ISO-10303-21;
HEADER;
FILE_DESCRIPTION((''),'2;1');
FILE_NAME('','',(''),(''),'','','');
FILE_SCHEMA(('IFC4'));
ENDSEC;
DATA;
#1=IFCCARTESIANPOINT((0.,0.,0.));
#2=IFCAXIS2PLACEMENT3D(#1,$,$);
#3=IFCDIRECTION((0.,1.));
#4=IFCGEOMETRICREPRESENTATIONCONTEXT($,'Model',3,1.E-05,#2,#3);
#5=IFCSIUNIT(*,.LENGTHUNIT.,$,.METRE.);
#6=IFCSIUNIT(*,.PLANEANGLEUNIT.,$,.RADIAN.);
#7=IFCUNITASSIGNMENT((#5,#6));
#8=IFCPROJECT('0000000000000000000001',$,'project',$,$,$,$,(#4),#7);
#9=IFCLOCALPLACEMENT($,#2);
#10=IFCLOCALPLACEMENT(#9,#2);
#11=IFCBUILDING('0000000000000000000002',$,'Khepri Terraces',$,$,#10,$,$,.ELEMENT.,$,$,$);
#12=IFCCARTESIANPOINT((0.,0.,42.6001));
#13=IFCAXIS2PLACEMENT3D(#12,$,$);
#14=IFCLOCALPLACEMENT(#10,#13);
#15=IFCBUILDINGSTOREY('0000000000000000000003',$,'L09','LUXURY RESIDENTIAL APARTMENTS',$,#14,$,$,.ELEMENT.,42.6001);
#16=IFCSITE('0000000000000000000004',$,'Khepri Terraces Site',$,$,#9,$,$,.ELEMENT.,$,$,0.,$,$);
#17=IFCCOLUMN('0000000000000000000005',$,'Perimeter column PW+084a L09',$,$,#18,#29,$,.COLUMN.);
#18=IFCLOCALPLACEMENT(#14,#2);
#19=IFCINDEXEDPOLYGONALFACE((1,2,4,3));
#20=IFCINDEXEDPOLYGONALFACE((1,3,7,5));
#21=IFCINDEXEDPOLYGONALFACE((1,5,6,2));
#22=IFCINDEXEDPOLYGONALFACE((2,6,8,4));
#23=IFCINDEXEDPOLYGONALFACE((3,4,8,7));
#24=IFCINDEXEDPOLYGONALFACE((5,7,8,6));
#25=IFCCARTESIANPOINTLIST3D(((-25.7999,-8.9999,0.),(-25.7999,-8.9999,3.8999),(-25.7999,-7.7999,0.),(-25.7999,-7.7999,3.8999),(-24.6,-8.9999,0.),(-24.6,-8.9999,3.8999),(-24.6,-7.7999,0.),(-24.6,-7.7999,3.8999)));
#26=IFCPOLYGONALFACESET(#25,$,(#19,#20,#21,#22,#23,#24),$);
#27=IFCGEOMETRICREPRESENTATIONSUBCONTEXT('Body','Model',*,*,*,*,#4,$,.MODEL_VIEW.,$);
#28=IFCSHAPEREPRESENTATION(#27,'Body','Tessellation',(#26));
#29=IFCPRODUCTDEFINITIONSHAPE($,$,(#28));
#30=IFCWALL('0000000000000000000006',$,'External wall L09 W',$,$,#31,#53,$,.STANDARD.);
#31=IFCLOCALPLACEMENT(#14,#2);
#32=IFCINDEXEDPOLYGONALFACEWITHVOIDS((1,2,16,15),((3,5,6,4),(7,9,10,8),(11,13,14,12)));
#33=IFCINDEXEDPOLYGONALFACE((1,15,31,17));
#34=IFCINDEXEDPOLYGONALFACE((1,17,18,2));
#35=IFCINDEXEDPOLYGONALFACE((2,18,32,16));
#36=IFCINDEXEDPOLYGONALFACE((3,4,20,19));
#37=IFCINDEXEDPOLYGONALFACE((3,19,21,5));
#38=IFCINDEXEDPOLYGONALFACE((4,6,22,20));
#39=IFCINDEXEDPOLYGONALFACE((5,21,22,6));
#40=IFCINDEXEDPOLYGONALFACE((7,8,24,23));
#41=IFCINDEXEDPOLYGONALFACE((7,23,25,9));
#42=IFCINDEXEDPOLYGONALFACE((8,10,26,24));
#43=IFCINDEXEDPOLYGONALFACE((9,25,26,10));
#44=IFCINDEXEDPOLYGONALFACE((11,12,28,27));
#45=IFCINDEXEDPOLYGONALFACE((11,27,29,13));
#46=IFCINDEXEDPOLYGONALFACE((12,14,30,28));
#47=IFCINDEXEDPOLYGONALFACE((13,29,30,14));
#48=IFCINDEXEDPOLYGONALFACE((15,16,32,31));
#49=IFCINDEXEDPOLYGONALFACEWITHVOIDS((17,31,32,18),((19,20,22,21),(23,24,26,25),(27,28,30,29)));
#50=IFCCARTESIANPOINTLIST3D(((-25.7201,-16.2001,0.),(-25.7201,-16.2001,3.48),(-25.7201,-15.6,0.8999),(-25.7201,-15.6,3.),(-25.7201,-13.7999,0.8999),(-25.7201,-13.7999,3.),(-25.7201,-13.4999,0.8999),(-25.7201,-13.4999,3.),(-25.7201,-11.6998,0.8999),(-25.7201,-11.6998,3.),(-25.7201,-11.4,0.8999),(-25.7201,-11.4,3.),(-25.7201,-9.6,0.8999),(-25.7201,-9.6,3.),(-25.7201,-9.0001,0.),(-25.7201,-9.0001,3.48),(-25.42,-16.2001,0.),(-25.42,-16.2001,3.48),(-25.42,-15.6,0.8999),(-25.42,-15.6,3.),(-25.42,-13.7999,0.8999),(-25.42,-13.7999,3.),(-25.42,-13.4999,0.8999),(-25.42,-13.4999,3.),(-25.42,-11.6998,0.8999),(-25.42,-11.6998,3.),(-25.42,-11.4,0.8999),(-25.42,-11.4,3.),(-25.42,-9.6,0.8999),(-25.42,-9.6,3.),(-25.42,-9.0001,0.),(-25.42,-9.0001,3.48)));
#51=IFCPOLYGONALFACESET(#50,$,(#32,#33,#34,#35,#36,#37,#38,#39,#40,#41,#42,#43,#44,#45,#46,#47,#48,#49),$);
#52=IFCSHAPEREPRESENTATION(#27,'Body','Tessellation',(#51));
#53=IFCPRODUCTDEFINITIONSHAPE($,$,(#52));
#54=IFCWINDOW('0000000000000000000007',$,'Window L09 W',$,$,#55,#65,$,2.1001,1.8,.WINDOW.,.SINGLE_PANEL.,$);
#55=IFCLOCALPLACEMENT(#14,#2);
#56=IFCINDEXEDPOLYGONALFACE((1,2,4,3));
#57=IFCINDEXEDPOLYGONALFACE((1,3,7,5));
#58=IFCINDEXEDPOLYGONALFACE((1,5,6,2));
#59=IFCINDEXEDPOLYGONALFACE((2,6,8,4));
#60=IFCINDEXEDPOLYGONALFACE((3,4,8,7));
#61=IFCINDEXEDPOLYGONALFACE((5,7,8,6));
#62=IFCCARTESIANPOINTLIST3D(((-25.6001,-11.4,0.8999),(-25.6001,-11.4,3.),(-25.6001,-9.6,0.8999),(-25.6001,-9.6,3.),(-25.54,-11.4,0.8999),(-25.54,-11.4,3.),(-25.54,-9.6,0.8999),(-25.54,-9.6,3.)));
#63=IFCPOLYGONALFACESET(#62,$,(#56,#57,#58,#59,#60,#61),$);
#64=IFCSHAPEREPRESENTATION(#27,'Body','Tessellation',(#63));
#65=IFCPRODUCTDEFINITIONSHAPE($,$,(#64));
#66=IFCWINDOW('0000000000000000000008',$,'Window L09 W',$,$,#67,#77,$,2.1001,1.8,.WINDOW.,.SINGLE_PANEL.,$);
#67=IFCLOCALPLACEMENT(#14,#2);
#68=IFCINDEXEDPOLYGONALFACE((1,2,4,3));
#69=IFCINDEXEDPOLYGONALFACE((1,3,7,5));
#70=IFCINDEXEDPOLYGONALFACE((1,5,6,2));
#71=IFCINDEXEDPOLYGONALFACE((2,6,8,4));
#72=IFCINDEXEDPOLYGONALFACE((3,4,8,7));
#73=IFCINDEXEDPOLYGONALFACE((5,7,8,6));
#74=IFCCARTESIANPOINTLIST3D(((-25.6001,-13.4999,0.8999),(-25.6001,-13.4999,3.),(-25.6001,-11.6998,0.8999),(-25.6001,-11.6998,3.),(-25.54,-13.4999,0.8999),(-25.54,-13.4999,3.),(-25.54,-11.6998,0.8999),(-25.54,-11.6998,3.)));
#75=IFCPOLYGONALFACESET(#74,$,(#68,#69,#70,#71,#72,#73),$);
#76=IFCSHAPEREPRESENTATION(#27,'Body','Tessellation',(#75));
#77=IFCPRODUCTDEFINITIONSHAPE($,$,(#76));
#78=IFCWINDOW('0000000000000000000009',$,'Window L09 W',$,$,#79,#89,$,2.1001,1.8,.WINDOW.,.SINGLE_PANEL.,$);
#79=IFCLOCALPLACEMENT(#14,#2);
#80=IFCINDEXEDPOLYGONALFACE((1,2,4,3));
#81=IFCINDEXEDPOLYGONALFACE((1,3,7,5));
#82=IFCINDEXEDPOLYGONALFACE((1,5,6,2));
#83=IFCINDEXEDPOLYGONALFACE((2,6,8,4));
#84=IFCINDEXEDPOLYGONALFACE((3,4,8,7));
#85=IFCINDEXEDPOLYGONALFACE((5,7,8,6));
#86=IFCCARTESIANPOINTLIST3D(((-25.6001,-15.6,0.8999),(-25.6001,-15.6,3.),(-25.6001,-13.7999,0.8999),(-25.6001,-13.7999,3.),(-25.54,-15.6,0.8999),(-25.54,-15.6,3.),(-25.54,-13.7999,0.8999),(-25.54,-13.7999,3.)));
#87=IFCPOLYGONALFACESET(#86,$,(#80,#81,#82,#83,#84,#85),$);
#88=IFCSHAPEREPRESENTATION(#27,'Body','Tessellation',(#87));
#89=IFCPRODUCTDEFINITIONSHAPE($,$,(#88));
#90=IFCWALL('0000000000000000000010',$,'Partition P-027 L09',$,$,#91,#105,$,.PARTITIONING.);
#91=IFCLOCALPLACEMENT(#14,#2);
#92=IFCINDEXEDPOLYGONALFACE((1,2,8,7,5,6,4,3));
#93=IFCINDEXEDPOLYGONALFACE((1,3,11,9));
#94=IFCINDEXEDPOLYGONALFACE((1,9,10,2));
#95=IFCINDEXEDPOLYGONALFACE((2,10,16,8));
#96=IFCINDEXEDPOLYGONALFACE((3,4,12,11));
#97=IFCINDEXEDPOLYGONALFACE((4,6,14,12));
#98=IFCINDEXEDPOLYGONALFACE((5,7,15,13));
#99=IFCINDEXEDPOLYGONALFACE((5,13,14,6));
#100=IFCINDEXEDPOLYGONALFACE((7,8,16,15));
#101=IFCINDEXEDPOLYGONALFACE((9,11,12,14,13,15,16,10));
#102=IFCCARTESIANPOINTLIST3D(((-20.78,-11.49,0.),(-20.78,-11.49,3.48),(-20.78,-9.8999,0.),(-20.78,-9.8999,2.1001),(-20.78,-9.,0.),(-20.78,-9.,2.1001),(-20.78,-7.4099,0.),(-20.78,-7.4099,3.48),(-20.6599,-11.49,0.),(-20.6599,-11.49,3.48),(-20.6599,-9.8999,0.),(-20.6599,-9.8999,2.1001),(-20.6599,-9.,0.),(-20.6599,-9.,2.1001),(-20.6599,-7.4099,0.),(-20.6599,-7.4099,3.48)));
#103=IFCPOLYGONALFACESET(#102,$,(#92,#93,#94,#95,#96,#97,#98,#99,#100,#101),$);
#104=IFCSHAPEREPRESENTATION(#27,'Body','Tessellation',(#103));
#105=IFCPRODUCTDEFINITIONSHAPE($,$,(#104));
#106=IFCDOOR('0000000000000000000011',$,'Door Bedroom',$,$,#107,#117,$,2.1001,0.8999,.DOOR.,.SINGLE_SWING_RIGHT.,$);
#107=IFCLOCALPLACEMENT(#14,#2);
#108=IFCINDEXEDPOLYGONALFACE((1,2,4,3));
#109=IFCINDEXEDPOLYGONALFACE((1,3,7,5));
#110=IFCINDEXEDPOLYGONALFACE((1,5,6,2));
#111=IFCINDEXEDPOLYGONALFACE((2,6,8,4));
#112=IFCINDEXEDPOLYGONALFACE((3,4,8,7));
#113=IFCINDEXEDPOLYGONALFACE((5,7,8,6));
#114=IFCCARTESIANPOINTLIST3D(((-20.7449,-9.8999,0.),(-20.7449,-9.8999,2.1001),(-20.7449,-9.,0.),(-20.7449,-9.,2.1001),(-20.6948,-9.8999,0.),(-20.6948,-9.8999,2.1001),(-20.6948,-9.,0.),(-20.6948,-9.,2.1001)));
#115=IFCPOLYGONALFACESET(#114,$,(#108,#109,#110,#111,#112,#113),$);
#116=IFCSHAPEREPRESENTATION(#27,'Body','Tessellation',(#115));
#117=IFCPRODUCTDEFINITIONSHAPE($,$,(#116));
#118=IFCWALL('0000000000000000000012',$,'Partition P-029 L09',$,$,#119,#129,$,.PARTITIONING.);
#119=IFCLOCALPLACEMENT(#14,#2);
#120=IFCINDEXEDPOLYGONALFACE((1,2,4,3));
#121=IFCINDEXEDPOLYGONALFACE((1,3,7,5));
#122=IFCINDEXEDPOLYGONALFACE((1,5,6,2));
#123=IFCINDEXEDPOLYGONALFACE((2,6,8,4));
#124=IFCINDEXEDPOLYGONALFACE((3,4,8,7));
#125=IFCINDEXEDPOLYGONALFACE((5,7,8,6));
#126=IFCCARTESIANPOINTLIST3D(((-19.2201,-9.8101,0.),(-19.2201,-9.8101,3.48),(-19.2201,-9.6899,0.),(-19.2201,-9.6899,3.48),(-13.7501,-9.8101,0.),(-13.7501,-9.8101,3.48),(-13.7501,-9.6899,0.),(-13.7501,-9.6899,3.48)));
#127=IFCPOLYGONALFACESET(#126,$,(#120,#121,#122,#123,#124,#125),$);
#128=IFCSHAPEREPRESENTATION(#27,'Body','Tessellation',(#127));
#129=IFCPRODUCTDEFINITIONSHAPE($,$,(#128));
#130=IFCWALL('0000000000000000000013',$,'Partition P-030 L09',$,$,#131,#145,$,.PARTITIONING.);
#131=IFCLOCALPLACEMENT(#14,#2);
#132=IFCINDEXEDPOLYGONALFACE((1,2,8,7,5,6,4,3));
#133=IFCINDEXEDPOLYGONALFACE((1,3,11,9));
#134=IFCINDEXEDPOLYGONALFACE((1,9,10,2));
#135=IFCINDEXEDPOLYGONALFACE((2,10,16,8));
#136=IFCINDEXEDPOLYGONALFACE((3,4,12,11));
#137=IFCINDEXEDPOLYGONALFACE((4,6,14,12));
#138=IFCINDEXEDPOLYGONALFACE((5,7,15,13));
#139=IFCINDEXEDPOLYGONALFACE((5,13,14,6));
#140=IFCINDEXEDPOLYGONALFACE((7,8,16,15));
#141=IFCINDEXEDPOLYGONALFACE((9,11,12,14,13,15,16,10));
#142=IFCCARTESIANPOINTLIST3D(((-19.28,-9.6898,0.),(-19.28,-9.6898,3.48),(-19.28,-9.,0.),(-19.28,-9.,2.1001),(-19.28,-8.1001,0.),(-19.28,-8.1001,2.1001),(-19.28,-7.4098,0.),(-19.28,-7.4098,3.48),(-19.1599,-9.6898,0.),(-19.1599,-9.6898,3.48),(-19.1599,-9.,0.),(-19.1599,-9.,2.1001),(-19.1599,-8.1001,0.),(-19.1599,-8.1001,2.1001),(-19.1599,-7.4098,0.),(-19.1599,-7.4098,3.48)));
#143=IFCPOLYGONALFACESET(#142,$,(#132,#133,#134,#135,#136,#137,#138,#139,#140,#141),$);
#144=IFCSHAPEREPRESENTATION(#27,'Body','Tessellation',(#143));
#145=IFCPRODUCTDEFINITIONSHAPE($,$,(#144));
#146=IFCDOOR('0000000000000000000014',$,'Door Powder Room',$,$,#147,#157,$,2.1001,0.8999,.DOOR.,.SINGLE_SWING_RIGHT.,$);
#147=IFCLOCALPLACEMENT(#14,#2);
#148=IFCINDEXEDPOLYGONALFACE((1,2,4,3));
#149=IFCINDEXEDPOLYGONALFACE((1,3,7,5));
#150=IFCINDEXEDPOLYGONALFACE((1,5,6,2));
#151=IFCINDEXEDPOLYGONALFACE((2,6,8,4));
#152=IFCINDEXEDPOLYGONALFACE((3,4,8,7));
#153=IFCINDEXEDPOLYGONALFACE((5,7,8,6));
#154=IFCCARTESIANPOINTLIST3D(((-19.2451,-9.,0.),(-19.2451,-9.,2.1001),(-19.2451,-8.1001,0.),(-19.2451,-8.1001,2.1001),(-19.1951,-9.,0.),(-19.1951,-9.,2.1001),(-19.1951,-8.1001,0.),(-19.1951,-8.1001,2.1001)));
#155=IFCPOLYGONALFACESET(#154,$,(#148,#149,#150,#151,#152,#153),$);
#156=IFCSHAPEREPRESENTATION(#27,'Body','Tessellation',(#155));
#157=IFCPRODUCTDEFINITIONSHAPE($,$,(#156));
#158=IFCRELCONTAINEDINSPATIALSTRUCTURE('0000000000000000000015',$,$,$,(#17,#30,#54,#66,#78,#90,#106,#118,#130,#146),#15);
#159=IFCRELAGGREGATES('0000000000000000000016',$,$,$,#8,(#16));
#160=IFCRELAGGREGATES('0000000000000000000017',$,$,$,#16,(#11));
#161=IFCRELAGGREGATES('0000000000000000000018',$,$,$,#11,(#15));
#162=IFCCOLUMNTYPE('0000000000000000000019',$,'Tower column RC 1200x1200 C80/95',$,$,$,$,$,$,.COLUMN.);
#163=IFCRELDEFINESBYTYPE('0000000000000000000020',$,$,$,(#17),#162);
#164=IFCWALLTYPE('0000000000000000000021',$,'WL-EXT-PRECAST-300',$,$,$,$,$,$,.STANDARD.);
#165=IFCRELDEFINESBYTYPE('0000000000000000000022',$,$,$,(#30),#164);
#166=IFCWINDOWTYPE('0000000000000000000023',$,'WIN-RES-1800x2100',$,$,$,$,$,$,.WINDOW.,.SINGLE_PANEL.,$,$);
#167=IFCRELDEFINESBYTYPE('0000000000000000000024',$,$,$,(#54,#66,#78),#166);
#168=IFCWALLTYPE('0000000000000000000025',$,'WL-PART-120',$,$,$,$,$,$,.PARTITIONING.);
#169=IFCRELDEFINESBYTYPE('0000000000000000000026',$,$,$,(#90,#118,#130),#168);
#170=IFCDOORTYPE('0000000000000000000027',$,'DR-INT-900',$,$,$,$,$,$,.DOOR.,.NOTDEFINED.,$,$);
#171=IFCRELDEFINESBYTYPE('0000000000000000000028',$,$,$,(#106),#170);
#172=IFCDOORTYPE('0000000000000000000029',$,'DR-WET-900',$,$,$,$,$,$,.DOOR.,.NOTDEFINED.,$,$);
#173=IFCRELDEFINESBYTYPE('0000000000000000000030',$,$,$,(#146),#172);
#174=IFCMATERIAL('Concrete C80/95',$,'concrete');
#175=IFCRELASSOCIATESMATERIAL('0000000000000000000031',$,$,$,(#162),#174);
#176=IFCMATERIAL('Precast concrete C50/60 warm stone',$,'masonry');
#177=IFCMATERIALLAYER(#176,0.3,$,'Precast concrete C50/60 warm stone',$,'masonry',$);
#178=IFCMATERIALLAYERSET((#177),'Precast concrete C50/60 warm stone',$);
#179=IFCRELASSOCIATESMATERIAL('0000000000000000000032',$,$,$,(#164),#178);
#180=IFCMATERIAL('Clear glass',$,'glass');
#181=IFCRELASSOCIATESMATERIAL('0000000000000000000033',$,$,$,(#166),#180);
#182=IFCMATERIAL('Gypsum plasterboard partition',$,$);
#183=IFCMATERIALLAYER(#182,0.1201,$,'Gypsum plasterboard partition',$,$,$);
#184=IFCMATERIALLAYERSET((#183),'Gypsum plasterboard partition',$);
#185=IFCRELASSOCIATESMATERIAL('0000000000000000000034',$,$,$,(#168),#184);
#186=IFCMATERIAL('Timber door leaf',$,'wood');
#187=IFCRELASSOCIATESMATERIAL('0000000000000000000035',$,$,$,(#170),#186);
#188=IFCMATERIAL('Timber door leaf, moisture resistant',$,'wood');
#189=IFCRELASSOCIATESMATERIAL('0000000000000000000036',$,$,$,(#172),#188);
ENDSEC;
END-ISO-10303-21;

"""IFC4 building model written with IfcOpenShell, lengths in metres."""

from ifc_helpers import new_model, si_unit, direction, frame, frame_2d, origin, origin_2d, place, context, subcontext, project, spatial, rectangle, extrude, material, layer, layer_set, material_profile, profile_set, type_object, element, fill, save


model = new_model("IFC4")

# Units and contexts
model_context = context("Model", 3, precision=1e-05, world=origin(), true_north=direction((0.0, 1.0)))
body_context = subcontext(model_context, "Body", "Model", "MODEL_VIEW")
ifc_project = project(units=[si_unit("LENGTHUNIT", "METRE"), si_unit("PLANEANGLEUNIT", "RADIAN")], contexts=[model_context])

# Site, building, storey
site_placement = place(None, origin())
site = spatial("IfcSite", under=ifc_project, at=site_placement, Name="Khepri Terraces Site", CompositionType="ELEMENT", RefElevation=0.0)
building_placement = place(site_placement, origin())
building = spatial("IfcBuilding", under=site, at=building_placement, Name="Khepri Terraces", CompositionType="ELEMENT")
storey_placement = place(building_placement, frame((0.0, 0.0, 42.6001)))
storey = spatial("IfcBuildingStorey", under=building, at=storey_placement, Name="L09", Description="LUXURY RESIDENTIAL APARTMENTS", CompositionType="ELEMENT", Elevation=42.6001)

# Column
ifc_material_1 = material(Name="Concrete C80/95", Category="concrete")
ifc_material_profile = material_profile(ifc_material_1, rectangle(XDim=1.2, YDim=1.2, at=origin_2d()), Name="Concrete C80/95", Category="concrete")
ifc_profile_set = profile_set([ifc_material_profile], Name="Concrete C80/95")
column_type = type_object("IfcColumnType", Name="Tower column RC 1200x1200 C80/95", PredefinedType="COLUMN", material=ifc_profile_set)
column_placement = place(storey_placement, frame((-25.2, -8.3999, 0.0), z_axis=(0.0, 0.0, 1.0), x_axis=(1.0, 0.0, 0.0)))
element("IfcColumn", 1, at=column_placement, inside=storey, type_object=column_type, Name="Perimeter column PW+084a L09", PredefinedType="COLUMN", context=body_context, shape_type="SweptSolid", body=[
    extrude(rectangle(XDim=1.2, YDim=1.2, at=origin_2d()), origin(), (0.0, 0.0, 1.0), 3.8999),
])

# Wall, openings, windows
ifc_material_2 = material(Name="Precast concrete C50/60 warm stone", Category="masonry")
ifc_layer_1 = layer(ifc_material_2, 0.3, Name="Precast concrete C50/60 warm stone", Category="masonry")
ifc_layer_set_1 = layer_set([ifc_layer_1], Name="Precast concrete C50/60 warm stone")
wall_type_1 = type_object("IfcWallType", Name="WL-EXT-PRECAST-300", PredefinedType="STANDARD", material=ifc_layer_set_1)
wall_1_placement = place(storey_placement, frame((-25.5701, -9.0, 0.0), z_axis=(0.0, 0.0, 1.0), x_axis=(0.0, -1.0, 0.0)))
wall_1 = element("IfcWall", 2, at=wall_1_placement, inside=storey, type_object=wall_type_1, Name="External wall L09 W", PredefinedType="STANDARD", context=body_context, shape_type="SweptSolid", body=[
    extrude(rectangle(XDim=7.2, YDim=0.3, at=frame_2d((3.6001, 0.0))), origin(), (0.0, 0.0, 1.0), 3.48),
])
opening_1_placement = place(wall_1_placement, frame((0.6001, 0.0, 0.8999)))
opening_1 = element("IfcOpeningElement", 3, at=opening_1_placement, cuts=wall_1, PredefinedType="OPENING", context=body_context, shape_type="SweptSolid", body=[
    extrude(rectangle(XDim=1.8, YDim=2.1001, at=frame_2d((0.8999, 1.05))), frame((0.0, 0.1602, 0.0), z_axis=(0.0, -1.0, 0.0), x_axis=(1.0, 0.0, 0.0)), (0.0, 0.0, 1.0), 0.3201),
])
opening_2_placement = place(wall_1_placement, frame((2.7, 0.0, 0.8999)))
opening_2 = element("IfcOpeningElement", 4, at=opening_2_placement, cuts=wall_1, PredefinedType="OPENING", context=body_context, shape_type="SweptSolid", body=[
    extrude(rectangle(XDim=1.8, YDim=2.1001, at=frame_2d((0.8999, 1.05))), frame((0.0, 0.1602, 0.0), z_axis=(0.0, -1.0, 0.0), x_axis=(1.0, 0.0, 0.0)), (0.0, 0.0, 1.0), 0.3201),
])
opening_3_placement = place(wall_1_placement, frame((4.8, 0.0, 0.8999)))
opening_3 = element("IfcOpeningElement", 5, at=opening_3_placement, cuts=wall_1, PredefinedType="OPENING", context=body_context, shape_type="SweptSolid", body=[
    extrude(rectangle(XDim=1.8, YDim=2.1001, at=frame_2d((0.8999, 1.05))), frame((0.0, 0.1602, 0.0), z_axis=(0.0, -1.0, 0.0), x_axis=(1.0, 0.0, 0.0)), (0.0, 0.0, 1.0), 0.3201),
])
ifc_material_3 = material(Name="Clear glass", Category="glass")
window_type = type_object("IfcWindowType", Name="WIN-RES-1800x2100", PartitioningType="SINGLE_PANEL", PredefinedType="WINDOW", material=ifc_material_3)
window_1_placement = place(opening_1_placement, origin())
window_1 = element("IfcWindow", 6, at=window_1_placement, inside=storey, type_object=window_type, Name="Window L09 W", OverallHeight=2.1001, OverallWidth=1.8, PartitioningType="SINGLE_PANEL", PredefinedType="WINDOW", context=body_context, shape_type="SweptSolid", body=[
    extrude(rectangle(XDim=1.8, YDim=2.1001, at=frame_2d((0.8999, 1.05))), frame((0.0, 0.03, 0.0), z_axis=(0.0, -1.0, 0.0), x_axis=(1.0, 0.0, 0.0)), (0.0, 0.0, 1.0), 0.0601),
])
fill(opening_1, window_1)
window_2_placement = place(opening_2_placement, origin())
window_2 = element("IfcWindow", 7, at=window_2_placement, inside=storey, type_object=window_type, Name="Window L09 W", OverallHeight=2.1001, OverallWidth=1.8, PartitioningType="SINGLE_PANEL", PredefinedType="WINDOW", context=body_context, shape_type="SweptSolid", body=[
    extrude(rectangle(XDim=1.8, YDim=2.1001, at=frame_2d((0.8999, 1.05))), frame((0.0, 0.03, 0.0), z_axis=(0.0, -1.0, 0.0), x_axis=(1.0, 0.0, 0.0)), (0.0, 0.0, 1.0), 0.0601),
])
fill(opening_2, window_2)
window_3_placement = place(opening_3_placement, origin())
window_3 = element("IfcWindow", 8, at=window_3_placement, inside=storey, type_object=window_type, Name="Window L09 W", OverallHeight=2.1001, OverallWidth=1.8, PartitioningType="SINGLE_PANEL", PredefinedType="WINDOW", context=body_context, shape_type="SweptSolid", body=[
    extrude(rectangle(XDim=1.8, YDim=2.1001, at=frame_2d((0.8999, 1.05))), frame((0.0, 0.03, 0.0), z_axis=(0.0, -1.0, 0.0), x_axis=(1.0, 0.0, 0.0)), (0.0, 0.0, 1.0), 0.0601),
])
fill(opening_3, window_3)

# Wall, opening, door
ifc_material_4 = material(Name="Gypsum plasterboard partition")
ifc_layer_2 = layer(ifc_material_4, 0.1201, Name="Gypsum plasterboard partition")
ifc_layer_set_2 = layer_set([ifc_layer_2], Name="Gypsum plasterboard partition")
wall_type_2 = type_object("IfcWallType", Name="WL-PART-120", PredefinedType="PARTITIONING", material=ifc_layer_set_2)
wall_2_placement = place(storey_placement, frame((-20.72, -11.49, 0.0), z_axis=(0.0, 0.0, 1.0), x_axis=(0.0, 1.0, 0.0)))
wall_2 = element("IfcWall", 9, at=wall_2_placement, inside=storey, type_object=wall_type_2, Name="Partition P-027 L09", PredefinedType="PARTITIONING", context=body_context, shape_type="SweptSolid", body=[
    extrude(rectangle(XDim=4.0801, YDim=0.1201, at=frame_2d((2.04, 0.0))), origin(), (0.0, 0.0, 1.0), 3.48),
])
opening_4_placement = place(wall_2_placement, frame((1.5901, 0.0, 0.0)))
opening_4 = element("IfcOpeningElement", 10, at=opening_4_placement, cuts=wall_2, PredefinedType="OPENING", context=body_context, shape_type="SweptSolid", body=[
    extrude(rectangle(XDim=0.8999, YDim=2.1001, at=frame_2d((0.45, 1.05))), frame((0.0, 0.0701, 0.0), z_axis=(0.0, -1.0, 0.0), x_axis=(1.0, 0.0, 0.0)), (0.0, 0.0, 1.0), 0.1401),
])
ifc_material_5 = material(Name="Timber door leaf", Category="wood")
door_type_1 = type_object("IfcDoorType", Name="DR-INT-900", OperationType="NOTDEFINED", PredefinedType="DOOR", material=ifc_material_5)
door_1_placement = place(opening_4_placement, origin())
door_1 = element("IfcDoor", 11, at=door_1_placement, inside=storey, type_object=door_type_1, Name="Door Bedroom", OperationType="SINGLE_SWING_RIGHT", OverallHeight=2.1001, OverallWidth=0.8999, PredefinedType="DOOR", context=body_context, shape_type="SweptSolid", body=[
    extrude(rectangle(XDim=0.8999, YDim=2.1001, at=frame_2d((0.45, 1.05))), frame((0.0, 0.0249, 0.0), z_axis=(0.0, -1.0, 0.0), x_axis=(1.0, 0.0, 0.0)), (0.0, 0.0, 1.0), 0.05),
])
fill(opening_4, door_1)

# Wall
wall_3_placement = place(storey_placement, frame((-19.22, -9.75, 0.0), z_axis=(0.0, 0.0, 1.0), x_axis=(1.0, 0.0, 0.0)))
element("IfcWall", 12, at=wall_3_placement, inside=storey, type_object=wall_type_2, Name="Partition P-029 L09", PredefinedType="PARTITIONING", context=body_context, shape_type="SweptSolid", body=[
    extrude(rectangle(XDim=5.47, YDim=0.1201, at=frame_2d((2.7349, 0.0))), origin(), (0.0, 0.0, 1.0), 3.48),
])

# Wall, opening, door
wall_4_placement = place(storey_placement, frame((-19.22, -9.6899, 0.0), z_axis=(0.0, 0.0, 1.0), x_axis=(0.0, 1.0, 0.0)))
wall_4 = element("IfcWall", 13, at=wall_4_placement, inside=storey, type_object=wall_type_2, Name="Partition P-030 L09", PredefinedType="PARTITIONING", context=body_context, shape_type="SweptSolid", body=[
    extrude(rectangle(XDim=2.28, YDim=0.1201, at=frame_2d((1.1401, 0.0))), origin(), (0.0, 0.0, 1.0), 3.48),
])
opening_5_placement = place(wall_4_placement, frame((0.6899, 0.0, 0.0)))
opening_5 = element("IfcOpeningElement", 14, at=opening_5_placement, cuts=wall_4, PredefinedType="OPENING", context=body_context, shape_type="SweptSolid", body=[
    extrude(rectangle(XDim=0.8999, YDim=2.1001, at=frame_2d((0.45, 1.05))), frame((0.0, 0.0701, 0.0), z_axis=(0.0, -1.0, 0.0), x_axis=(1.0, 0.0, 0.0)), (0.0, 0.0, 1.0), 0.1401),
])
ifc_material_6 = material(Name="Timber door leaf, moisture resistant", Category="wood")
door_type_2 = type_object("IfcDoorType", Name="DR-WET-900", OperationType="NOTDEFINED", PredefinedType="DOOR", material=ifc_material_6)
door_2_placement = place(opening_5_placement, frame((0.8999, 0.0, 0.0), z_axis=(0.0, 0.0, 1.0), x_axis=(-1.0, 0.0, 0.0)))
door_2 = element("IfcDoor", 15, at=door_2_placement, inside=storey, type_object=door_type_2, Name="Door Powder Room", OperationType="SINGLE_SWING_RIGHT", OverallHeight=2.1001, OverallWidth=0.8999, PredefinedType="DOOR", context=body_context, shape_type="SweptSolid", body=[
    extrude(rectangle(XDim=0.8999, YDim=2.1001, at=frame_2d((0.45, 1.05))), frame((0.0, 0.0249, 0.0), z_axis=(0.0, -1.0, 0.0), x_axis=(1.0, 0.0, 0.0)), (0.0, 0.0, 1.0), 0.05),
])
fill(opening_5, door_2)

save(model, "model.ifc")
